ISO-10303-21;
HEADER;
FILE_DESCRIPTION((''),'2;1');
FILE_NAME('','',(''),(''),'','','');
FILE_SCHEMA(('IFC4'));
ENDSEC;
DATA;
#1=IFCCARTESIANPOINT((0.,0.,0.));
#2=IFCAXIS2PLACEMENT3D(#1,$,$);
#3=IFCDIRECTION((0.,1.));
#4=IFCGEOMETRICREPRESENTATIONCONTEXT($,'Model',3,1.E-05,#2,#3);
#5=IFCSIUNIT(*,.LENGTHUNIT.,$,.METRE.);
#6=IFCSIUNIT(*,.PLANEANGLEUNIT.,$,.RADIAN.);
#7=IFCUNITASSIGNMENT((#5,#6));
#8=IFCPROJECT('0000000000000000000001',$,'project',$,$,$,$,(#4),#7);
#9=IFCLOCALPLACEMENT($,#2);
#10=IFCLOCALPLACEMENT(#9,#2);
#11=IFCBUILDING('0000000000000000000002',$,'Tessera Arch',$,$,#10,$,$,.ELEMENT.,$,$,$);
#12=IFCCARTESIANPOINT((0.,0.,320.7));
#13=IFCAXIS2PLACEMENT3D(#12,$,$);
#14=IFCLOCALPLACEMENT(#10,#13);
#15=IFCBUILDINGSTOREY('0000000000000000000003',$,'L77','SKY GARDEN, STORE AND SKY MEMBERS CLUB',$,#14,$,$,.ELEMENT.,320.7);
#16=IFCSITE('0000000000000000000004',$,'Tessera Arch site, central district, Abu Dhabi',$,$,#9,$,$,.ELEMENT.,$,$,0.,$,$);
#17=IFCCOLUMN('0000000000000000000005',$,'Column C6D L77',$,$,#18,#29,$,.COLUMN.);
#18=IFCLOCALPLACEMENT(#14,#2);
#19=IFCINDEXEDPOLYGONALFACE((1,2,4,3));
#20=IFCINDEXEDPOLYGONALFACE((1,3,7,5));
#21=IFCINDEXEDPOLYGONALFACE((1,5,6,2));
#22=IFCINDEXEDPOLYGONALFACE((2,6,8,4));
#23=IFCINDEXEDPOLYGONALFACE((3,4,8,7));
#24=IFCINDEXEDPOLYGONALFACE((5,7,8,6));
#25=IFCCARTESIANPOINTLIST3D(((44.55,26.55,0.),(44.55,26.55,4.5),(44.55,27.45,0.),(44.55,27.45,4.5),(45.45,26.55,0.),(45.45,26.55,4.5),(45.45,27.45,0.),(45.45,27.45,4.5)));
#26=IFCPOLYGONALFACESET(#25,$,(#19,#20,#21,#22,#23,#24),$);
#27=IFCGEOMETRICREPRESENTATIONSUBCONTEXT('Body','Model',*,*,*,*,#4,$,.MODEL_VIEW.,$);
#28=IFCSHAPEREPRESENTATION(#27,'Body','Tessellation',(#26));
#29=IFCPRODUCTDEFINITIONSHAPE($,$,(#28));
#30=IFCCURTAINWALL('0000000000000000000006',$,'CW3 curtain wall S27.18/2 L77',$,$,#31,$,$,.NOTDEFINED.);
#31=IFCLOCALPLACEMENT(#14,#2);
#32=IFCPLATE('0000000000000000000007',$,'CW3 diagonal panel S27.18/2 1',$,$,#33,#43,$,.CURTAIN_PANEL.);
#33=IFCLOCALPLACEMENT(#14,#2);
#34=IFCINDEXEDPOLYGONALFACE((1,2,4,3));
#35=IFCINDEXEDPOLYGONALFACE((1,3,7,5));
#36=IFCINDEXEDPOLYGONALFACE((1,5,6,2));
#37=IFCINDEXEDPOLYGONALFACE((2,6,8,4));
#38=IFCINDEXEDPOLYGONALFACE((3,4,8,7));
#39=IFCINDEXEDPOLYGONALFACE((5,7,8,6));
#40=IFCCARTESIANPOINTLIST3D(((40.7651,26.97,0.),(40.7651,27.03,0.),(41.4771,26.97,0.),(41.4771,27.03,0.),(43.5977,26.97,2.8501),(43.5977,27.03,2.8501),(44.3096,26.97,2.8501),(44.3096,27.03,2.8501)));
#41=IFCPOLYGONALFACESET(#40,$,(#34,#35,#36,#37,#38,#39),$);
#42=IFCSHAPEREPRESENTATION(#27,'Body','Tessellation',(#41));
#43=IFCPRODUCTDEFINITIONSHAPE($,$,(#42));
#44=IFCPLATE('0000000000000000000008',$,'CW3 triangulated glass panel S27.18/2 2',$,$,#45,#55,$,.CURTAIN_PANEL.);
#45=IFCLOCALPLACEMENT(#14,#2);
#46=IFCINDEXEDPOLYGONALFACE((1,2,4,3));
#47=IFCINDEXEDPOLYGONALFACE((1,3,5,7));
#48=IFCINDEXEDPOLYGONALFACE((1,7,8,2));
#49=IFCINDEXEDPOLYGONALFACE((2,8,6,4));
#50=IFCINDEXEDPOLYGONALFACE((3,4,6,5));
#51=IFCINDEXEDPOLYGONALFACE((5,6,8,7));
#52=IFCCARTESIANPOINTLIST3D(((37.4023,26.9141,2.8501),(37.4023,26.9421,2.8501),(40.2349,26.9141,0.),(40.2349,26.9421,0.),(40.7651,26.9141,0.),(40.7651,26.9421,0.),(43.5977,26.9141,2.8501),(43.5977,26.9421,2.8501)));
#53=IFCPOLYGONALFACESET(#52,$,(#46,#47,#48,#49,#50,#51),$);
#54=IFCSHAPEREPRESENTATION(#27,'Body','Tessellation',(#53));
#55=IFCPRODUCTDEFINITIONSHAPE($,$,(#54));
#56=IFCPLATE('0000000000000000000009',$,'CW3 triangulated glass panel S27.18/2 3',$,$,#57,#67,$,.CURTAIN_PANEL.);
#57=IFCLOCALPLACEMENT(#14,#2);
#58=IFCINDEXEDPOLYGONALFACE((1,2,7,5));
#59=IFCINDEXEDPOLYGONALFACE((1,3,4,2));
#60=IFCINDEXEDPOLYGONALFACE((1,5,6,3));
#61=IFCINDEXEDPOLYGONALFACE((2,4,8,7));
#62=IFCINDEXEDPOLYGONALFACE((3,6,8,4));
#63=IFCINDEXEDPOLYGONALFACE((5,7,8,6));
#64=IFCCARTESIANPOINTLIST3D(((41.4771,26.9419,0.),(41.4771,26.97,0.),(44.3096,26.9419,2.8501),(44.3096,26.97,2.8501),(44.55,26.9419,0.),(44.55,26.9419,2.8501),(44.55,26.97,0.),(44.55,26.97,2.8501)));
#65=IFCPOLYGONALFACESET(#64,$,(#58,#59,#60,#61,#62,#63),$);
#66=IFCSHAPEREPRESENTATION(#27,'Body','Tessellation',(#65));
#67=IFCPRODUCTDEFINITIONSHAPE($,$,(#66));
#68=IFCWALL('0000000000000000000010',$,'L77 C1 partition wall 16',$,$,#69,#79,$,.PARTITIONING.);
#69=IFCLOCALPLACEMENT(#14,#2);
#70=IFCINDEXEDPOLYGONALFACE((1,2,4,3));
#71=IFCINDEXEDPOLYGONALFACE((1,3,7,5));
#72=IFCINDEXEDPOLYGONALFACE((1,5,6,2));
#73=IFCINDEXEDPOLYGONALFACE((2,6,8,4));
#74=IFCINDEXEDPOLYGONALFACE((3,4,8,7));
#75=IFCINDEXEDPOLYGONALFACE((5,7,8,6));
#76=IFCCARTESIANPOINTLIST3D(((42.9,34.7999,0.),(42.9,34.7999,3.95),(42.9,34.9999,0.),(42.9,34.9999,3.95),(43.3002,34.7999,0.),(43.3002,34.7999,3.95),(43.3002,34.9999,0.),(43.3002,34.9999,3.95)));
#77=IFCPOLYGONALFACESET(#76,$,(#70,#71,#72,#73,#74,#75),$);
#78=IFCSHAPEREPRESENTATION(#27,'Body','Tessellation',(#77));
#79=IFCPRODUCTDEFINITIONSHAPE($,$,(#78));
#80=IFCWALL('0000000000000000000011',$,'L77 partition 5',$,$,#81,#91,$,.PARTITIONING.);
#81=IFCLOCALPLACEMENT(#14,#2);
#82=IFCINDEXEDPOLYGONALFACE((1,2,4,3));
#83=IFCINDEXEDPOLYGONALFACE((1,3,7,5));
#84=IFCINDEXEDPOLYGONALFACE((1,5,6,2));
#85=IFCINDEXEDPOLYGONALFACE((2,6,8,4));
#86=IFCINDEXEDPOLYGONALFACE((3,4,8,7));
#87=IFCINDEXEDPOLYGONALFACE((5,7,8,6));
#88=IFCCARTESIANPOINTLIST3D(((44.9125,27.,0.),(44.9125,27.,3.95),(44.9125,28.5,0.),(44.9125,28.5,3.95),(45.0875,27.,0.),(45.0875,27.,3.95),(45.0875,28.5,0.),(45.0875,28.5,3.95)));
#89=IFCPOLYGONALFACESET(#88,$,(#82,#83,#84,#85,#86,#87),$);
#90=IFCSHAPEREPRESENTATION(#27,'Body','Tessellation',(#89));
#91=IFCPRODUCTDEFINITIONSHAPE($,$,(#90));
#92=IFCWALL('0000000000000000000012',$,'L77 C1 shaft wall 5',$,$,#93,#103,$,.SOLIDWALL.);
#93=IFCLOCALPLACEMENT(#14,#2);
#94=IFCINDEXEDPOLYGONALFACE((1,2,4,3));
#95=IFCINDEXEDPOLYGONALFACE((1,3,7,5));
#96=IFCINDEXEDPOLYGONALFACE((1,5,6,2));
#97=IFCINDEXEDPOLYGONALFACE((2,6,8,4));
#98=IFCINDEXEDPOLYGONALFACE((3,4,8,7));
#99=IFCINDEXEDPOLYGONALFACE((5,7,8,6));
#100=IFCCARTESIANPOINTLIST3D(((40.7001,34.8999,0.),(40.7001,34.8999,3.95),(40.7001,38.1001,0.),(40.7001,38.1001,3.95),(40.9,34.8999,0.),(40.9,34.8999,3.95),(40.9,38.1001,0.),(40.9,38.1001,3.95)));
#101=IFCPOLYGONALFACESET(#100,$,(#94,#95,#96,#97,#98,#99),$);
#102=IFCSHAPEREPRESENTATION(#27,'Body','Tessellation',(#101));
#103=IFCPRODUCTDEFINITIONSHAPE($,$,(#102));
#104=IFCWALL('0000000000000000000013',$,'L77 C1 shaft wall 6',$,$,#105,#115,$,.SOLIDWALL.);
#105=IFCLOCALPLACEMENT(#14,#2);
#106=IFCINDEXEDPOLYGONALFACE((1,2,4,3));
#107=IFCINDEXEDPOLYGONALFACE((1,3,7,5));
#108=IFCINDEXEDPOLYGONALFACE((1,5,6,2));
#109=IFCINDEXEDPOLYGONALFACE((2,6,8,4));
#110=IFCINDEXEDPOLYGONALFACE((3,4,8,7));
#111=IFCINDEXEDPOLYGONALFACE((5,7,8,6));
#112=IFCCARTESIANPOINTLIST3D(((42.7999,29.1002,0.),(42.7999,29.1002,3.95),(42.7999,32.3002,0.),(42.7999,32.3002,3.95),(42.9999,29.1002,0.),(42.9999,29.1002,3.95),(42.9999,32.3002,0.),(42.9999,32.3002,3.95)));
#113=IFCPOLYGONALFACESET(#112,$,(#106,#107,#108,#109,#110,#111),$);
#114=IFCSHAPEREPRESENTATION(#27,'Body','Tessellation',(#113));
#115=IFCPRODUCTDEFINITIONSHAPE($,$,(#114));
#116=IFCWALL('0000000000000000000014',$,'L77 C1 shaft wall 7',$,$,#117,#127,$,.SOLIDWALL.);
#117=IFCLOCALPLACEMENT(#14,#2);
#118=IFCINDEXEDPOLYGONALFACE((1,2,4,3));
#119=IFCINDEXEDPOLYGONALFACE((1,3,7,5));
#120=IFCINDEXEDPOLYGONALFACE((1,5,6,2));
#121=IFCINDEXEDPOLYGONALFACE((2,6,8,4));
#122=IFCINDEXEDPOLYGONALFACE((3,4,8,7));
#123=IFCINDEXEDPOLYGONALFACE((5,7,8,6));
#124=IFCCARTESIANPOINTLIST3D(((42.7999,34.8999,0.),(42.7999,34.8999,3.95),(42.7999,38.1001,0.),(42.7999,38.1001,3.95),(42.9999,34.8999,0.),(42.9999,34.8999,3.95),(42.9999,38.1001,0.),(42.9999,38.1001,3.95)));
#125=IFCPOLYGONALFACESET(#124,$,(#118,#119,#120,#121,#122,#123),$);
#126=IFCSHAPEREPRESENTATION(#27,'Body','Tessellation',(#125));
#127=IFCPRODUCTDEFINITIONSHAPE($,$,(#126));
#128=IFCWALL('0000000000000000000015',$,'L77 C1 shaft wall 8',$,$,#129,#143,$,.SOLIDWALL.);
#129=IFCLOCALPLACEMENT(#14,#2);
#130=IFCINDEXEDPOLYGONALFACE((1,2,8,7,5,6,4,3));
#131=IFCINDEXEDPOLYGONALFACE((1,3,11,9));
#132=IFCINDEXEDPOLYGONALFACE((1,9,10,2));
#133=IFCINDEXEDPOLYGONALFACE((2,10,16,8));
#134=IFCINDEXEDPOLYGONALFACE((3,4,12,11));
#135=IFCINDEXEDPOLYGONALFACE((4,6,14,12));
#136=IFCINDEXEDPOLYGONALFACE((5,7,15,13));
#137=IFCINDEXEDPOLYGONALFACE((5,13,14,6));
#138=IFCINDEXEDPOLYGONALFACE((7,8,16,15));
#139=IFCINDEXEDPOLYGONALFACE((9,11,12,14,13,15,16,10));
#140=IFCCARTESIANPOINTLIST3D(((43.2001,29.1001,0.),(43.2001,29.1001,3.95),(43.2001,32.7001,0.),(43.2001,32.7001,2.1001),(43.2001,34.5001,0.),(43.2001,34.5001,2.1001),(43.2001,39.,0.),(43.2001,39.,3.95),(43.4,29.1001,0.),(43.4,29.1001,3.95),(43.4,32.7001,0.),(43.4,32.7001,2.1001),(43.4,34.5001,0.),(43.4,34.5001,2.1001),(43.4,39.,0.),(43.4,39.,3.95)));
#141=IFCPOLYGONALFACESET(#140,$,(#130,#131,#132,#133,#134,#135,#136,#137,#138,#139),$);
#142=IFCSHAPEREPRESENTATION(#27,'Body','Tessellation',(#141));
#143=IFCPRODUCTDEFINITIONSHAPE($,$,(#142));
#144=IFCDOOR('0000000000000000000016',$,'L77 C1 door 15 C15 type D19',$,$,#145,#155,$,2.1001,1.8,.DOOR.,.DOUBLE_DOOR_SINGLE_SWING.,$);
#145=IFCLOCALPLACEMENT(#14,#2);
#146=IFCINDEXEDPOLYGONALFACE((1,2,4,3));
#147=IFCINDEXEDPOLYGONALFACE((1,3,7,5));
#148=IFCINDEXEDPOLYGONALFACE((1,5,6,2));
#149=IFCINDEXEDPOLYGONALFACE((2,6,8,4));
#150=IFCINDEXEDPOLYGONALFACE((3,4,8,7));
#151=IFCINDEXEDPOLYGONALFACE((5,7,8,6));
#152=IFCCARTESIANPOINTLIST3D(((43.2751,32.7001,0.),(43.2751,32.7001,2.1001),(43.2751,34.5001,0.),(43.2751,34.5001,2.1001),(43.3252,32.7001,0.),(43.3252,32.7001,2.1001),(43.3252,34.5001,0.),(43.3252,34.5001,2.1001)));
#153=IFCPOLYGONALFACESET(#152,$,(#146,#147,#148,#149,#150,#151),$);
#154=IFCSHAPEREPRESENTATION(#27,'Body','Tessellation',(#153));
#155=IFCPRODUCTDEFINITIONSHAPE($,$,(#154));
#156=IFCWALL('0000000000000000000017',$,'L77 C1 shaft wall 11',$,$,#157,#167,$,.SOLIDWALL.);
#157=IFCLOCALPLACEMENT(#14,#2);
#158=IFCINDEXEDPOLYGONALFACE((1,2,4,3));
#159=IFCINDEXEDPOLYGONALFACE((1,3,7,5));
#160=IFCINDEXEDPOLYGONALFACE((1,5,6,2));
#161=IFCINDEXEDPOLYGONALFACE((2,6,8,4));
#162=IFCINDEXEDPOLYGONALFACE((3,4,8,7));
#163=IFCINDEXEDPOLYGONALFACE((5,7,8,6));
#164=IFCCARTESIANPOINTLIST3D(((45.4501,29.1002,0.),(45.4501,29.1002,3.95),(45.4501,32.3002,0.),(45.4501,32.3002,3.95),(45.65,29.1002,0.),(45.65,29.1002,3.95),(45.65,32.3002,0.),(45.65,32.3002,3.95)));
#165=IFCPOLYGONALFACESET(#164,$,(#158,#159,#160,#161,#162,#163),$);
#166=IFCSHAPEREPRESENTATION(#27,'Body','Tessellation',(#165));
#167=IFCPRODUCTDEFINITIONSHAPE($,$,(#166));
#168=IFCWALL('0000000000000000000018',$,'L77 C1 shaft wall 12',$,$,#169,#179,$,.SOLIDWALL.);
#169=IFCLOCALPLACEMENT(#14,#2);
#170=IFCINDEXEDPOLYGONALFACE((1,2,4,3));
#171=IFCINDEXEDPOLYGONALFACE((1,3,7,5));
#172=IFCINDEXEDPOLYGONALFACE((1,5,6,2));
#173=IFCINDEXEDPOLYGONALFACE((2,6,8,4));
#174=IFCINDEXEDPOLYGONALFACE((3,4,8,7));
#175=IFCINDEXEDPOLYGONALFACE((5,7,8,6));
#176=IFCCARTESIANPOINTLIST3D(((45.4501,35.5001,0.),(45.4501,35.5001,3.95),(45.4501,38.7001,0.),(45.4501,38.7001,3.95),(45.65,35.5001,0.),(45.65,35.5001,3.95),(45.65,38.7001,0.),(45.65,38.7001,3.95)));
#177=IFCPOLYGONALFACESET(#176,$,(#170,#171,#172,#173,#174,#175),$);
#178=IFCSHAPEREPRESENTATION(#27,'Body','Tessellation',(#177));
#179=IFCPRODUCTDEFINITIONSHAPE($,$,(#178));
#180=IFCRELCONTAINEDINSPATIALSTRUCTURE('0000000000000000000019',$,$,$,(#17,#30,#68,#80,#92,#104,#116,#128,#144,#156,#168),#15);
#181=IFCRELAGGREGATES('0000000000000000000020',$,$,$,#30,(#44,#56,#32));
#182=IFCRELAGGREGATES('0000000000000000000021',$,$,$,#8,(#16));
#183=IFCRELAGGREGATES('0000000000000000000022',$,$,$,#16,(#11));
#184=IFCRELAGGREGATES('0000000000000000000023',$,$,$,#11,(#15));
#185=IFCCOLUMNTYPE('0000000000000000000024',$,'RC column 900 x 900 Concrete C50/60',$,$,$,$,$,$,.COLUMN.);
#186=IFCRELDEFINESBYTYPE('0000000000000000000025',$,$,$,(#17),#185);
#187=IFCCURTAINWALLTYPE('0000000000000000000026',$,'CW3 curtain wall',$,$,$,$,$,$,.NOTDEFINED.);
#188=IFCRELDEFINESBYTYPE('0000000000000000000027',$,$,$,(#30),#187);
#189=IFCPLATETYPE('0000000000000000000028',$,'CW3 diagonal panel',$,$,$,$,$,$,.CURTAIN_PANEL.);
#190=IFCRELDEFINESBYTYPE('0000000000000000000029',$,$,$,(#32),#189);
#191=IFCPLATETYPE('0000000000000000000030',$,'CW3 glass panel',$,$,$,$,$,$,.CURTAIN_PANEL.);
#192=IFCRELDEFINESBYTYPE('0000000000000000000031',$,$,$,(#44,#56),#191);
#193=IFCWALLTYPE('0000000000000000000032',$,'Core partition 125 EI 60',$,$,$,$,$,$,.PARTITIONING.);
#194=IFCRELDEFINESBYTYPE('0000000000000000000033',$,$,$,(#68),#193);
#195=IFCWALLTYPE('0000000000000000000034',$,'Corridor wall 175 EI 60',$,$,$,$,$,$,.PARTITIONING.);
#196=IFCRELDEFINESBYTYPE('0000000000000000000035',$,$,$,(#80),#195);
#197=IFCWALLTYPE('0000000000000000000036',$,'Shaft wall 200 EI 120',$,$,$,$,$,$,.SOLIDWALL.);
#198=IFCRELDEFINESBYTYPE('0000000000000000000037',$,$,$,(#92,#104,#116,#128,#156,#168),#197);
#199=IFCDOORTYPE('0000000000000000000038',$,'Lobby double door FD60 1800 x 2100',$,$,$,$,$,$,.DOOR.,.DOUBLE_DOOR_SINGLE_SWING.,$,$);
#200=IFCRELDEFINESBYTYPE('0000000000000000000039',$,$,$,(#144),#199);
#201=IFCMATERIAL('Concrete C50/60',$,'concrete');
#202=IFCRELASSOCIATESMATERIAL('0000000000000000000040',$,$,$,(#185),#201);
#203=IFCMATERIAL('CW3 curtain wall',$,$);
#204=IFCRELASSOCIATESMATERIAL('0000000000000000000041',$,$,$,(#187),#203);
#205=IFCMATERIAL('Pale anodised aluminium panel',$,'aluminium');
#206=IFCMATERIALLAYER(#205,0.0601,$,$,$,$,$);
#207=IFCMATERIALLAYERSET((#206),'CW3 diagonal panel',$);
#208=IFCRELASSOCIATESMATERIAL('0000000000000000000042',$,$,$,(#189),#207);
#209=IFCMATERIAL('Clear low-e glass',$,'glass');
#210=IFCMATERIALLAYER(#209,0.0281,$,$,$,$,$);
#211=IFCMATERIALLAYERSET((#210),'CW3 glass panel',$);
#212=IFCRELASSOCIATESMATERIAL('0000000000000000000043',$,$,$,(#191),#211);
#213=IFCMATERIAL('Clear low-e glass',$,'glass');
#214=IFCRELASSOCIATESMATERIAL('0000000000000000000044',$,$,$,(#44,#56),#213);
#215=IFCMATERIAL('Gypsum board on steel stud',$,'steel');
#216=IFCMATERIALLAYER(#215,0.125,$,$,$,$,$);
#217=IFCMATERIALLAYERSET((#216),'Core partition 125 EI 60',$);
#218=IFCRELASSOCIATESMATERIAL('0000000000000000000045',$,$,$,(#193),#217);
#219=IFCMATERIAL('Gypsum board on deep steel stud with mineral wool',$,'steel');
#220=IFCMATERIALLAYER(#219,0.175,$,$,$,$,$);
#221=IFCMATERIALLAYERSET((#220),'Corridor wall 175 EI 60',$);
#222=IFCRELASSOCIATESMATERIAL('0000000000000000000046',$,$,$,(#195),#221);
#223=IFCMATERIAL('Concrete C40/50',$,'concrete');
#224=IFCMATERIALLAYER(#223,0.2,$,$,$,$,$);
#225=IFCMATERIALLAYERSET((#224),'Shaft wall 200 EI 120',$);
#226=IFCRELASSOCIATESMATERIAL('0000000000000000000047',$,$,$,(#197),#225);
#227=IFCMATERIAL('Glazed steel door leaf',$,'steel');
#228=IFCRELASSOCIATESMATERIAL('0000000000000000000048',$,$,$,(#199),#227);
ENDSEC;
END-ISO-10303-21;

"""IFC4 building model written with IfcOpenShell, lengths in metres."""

from ifc_helpers import new_model, si_unit, direction, frame, frame_2d, origin, origin_2d, place, context, subcontext, project, spatial, polyline, rectangle, outline, extrude, material, layer, layer_set, material_profile, profile_set, type_object, element, fill, aggregate, save


model = new_model("IFC4")

# Units and contexts
model_context = context("Model", 3, precision=1e-05, world=origin(), true_north=direction((0.0, 1.0)))
body_context = subcontext(model_context, "Body", "Model", "MODEL_VIEW")
ifc_project = project(units=[si_unit("LENGTHUNIT", "METRE"), si_unit("PLANEANGLEUNIT", "RADIAN")], contexts=[model_context])

# Site, building, storey
site_placement = place(None, origin())
site = spatial("IfcSite", under=ifc_project, at=site_placement, Name="Tessera Arch site, central district, Abu Dhabi", CompositionType="ELEMENT", RefElevation=0.0)
building_placement = place(site_placement, origin())
building = spatial("IfcBuilding", under=site, at=building_placement, Name="Tessera Arch", CompositionType="ELEMENT")
storey_placement = place(building_placement, frame((0.0, 0.0, 320.7)))
storey = spatial("IfcBuildingStorey", under=building, at=storey_placement, Name="L77", Description="SKY GARDEN, STORE AND SKY MEMBERS CLUB", CompositionType="ELEMENT", Elevation=320.7)

# Column
ifc_material_1 = material(Name="Concrete C50/60", Category="concrete")
ifc_material_profile = material_profile(ifc_material_1, rectangle(XDim=0.8999, YDim=0.8999, at=origin_2d()), Name="RC column 900 x 900 Concrete C50/60")
ifc_profile_set = profile_set([ifc_material_profile], Name="Concrete C50/60")
column_type = type_object("IfcColumnType", Name="RC column 900 x 900 Concrete C50/60", PredefinedType="COLUMN", material=ifc_profile_set)
column_placement = place(storey_placement, frame((45.0, 27.0, 0.0), z_axis=(0.0, 0.0, 1.0), x_axis=(1.0, 0.0, 0.0)))
element("IfcColumn", 1, at=column_placement, inside=storey, type_object=column_type, Name="Column C6D L77", PredefinedType="COLUMN", context=body_context, shape_type="SweptSolid", body=[
    extrude(rectangle(XDim=0.8999, YDim=0.8999, at=origin_2d()), origin(), (0.0, 0.0, 1.0), 4.5),
])

# Curtain wall, plates
ifc_material_2 = material(Name="CW3 curtain wall")
curtain_wall_type = type_object("IfcCurtainWallType", Name="CW3 curtain wall", PredefinedType="NOTDEFINED", material=ifc_material_2)
curtain_wall_placement = place(storey_placement, origin())
curtain_wall = element("IfcCurtainWall", 2, at=curtain_wall_placement, inside=storey, type_object=curtain_wall_type, Name="CW3 curtain wall S27.18/2 L77", PredefinedType="NOTDEFINED")
ifc_material_3 = material(Name="Pale anodised aluminium panel", Category="aluminium")
ifc_layer_1 = layer(ifc_material_3, 0.0601)
ifc_layer_set_1 = layer_set([ifc_layer_1], Name="CW3 diagonal panel")
plate_type_1 = type_object("IfcPlateType", Name="CW3 diagonal panel", PredefinedType="CURTAIN_PANEL", material=ifc_layer_set_1)
plate_1_placement = place(storey_placement, frame((44.3096, 26.97, 2.8501), z_axis=(0.0, -1.0, 0.0), x_axis=(-1.0, 0.0, 0.0)))
plate_1 = element("IfcPlate", 3, at=plate_1_placement, type_object=plate_type_1, Name="CW3 diagonal panel S27.18/2 1", PredefinedType="CURTAIN_PANEL", context=body_context, shape_type="SweptSolid", body=[
    extrude(outline(polyline([(0.0, 0.0), (0.7119, 0.0), (3.5444, 2.8501), (2.8325, 2.8501), (0.0, 0.0)])), origin(), (0.0, 0.0, -1.0), 0.0601),
])
ifc_material_4 = material(Name="Clear low-e glass", Category="glass")
ifc_material_5 = material(Name="Clear low-e glass", Category="glass")
ifc_layer_2 = layer(ifc_material_5, 0.0281)
ifc_layer_set_2 = layer_set([ifc_layer_2], Name="CW3 glass panel")
plate_type_2 = type_object("IfcPlateType", Name="CW3 glass panel", PredefinedType="CURTAIN_PANEL", material=ifc_layer_set_2)
plate_2_placement = place(storey_placement, frame((43.5977, 26.9141, 2.8501), z_axis=(0.0, -1.0, 0.0), x_axis=(-1.0, 0.0, 0.0)))
plate_2 = element("IfcPlate", 4, at=plate_2_placement, type_object=plate_type_2, material=ifc_material_4, Name="CW3 triangulated glass panel S27.18/2 2", PredefinedType="CURTAIN_PANEL", context=body_context, shape_type="SweptSolid", body=[
    extrude(outline(polyline([(0.0, 0.0), (6.1953, 0.0), (3.3628, 2.8501), (2.8325, 2.8501), (0.0, 0.0)])), origin(), (0.0, 0.0, -1.0), 0.0281),
])
plate_3_placement = place(storey_placement, frame((44.55, 26.9419, 2.8501), z_axis=(0.0, -1.0, 0.0), x_axis=(-1.0, 0.0, 0.0)))
plate_3 = element("IfcPlate", 5, at=plate_3_placement, type_object=plate_type_2, material=ifc_material_4, Name="CW3 triangulated glass panel S27.18/2 3", PredefinedType="CURTAIN_PANEL", context=body_context, shape_type="SweptSolid", body=[
    extrude(outline(polyline([(0.0, 0.0), (0.2405, 0.0), (3.073, 2.8501), (0.0, 2.8501), (0.0, 0.0)])), origin(), (0.0, 0.0, -1.0), 0.0281),
])
aggregate(curtain_wall, [plate_2, plate_3, plate_1])

# Walls
ifc_material_6 = material(Name="Gypsum board on steel stud", Category="steel")
ifc_layer_3 = layer(ifc_material_6, 0.125)
ifc_layer_set_3 = layer_set([ifc_layer_3], Name="Core partition 125 EI 60")
wall_type_1 = type_object("IfcWallType", Name="Core partition 125 EI 60", PredefinedType="PARTITIONING", material=ifc_layer_set_3)
wall_1_placement = place(storey_placement, frame((42.8999, 34.8999, 0.0), z_axis=(0.0, 0.0, 1.0), x_axis=(1.0, 0.0, 0.0)))
element("IfcWall", 6, at=wall_1_placement, inside=storey, type_object=wall_type_1, Name="L77 C1 partition wall 16", PredefinedType="PARTITIONING", context=body_context, shape_type="SweptSolid", body=[
    extrude(rectangle(XDim=0.4001, YDim=0.2, at=frame_2d((0.2002, 0.0))), origin(), (0.0, 0.0, 1.0), 3.95),
])
ifc_material_7 = material(Name="Gypsum board on deep steel stud with mineral wool", Category="steel")
ifc_layer_4 = layer(ifc_material_7, 0.175)
ifc_layer_set_4 = layer_set([ifc_layer_4], Name="Corridor wall 175 EI 60")
wall_type_2 = type_object("IfcWallType", Name="Corridor wall 175 EI 60", PredefinedType="PARTITIONING", material=ifc_layer_set_4)
wall_2_placement = place(storey_placement, frame((45.0, 27.0, 0.0), z_axis=(0.0, 0.0, 1.0), x_axis=(0.0, 1.0, 0.0)))
element("IfcWall", 7, at=wall_2_placement, inside=storey, type_object=wall_type_2, Name="L77 partition 5", PredefinedType="PARTITIONING", context=body_context, shape_type="SweptSolid", body=[
    extrude(rectangle(XDim=1.5, YDim=0.175, at=frame_2d((0.75, 0.0))), origin(), (0.0, 0.0, 1.0), 3.95),
])
ifc_material_8 = material(Name="Concrete C40/50", Category="concrete")
ifc_layer_5 = layer(ifc_material_8, 0.2)
ifc_layer_set_5 = layer_set([ifc_layer_5], Name="Shaft wall 200 EI 120")
wall_type_3 = type_object("IfcWallType", Name="Shaft wall 200 EI 120", PredefinedType="SOLIDWALL", material=ifc_layer_set_5)
wall_3_placement = place(storey_placement, frame((40.8, 34.8999, 0.0), z_axis=(0.0, 0.0, 1.0), x_axis=(0.0, 1.0, 0.0)))
element("IfcWall", 8, at=wall_3_placement, inside=storey, type_object=wall_type_3, Name="L77 C1 shaft wall 5", PredefinedType="SOLIDWALL", context=body_context, shape_type="SweptSolid", body=[
    extrude(rectangle(XDim=3.2002, YDim=0.2, at=frame_2d((1.6001, 0.0))), origin(), (0.0, 0.0, 1.0), 3.95),
])
wall_4_placement = place(storey_placement, frame((42.8999, 29.1001, 0.0), z_axis=(0.0, 0.0, 1.0), x_axis=(0.0, 1.0, 0.0)))
element("IfcWall", 9, at=wall_4_placement, inside=storey, type_object=wall_type_3, Name="L77 C1 shaft wall 6", PredefinedType="SOLIDWALL", context=body_context, shape_type="SweptSolid", body=[
    extrude(rectangle(XDim=3.2, YDim=0.2, at=frame_2d((1.6001, 0.0))), origin(), (0.0, 0.0, 1.0), 3.95),
])
wall_5_placement = place(storey_placement, frame((42.8999, 34.8999, 0.0), z_axis=(0.0, 0.0, 1.0), x_axis=(0.0, 1.0, 0.0)))
element("IfcWall", 10, at=wall_5_placement, inside=storey, type_object=wall_type_3, Name="L77 C1 shaft wall 7", PredefinedType="SOLIDWALL", context=body_context, shape_type="SweptSolid", body=[
    extrude(rectangle(XDim=3.2002, YDim=0.2, at=frame_2d((1.6001, 0.0))), origin(), (0.0, 0.0, 1.0), 3.95),
])

# Wall, opening, door
wall_6_placement = place(storey_placement, frame((43.3, 29.1001, 0.0), z_axis=(0.0, 0.0, 1.0), x_axis=(0.0, 1.0, 0.0)))
wall_6 = element("IfcWall", 11, at=wall_6_placement, inside=storey, type_object=wall_type_3, Name="L77 C1 shaft wall 8", PredefinedType="SOLIDWALL", context=body_context, shape_type="SweptSolid", body=[
    extrude(rectangle(XDim=9.8999, YDim=0.2, at=frame_2d((4.95, 0.0))), origin(), (0.0, 0.0, 1.0), 3.95),
])
opening_1_placement = place(wall_6_placement, frame((3.6001, 0.0, 0.0)))
opening_1 = element("IfcOpeningElement", 12, at=opening_1_placement, cuts=wall_6, PredefinedType="OPENING", context=body_context, shape_type="SweptSolid", body=[
    extrude(rectangle(XDim=1.8, YDim=2.1001, at=frame_2d((0.8999, 1.05))), frame((0.0, 0.1099, 0.0), z_axis=(0.0, -1.0, 0.0), x_axis=(1.0, 0.0, 0.0)), (0.0, 0.0, 1.0), 0.22),
])
ifc_material_9 = material(Name="Glazed steel door leaf", Category="steel")
door_type_1 = type_object("IfcDoorType", Name="Lobby double door FD60 1800 x 2100", OperationType="DOUBLE_DOOR_SINGLE_SWING", PredefinedType="DOOR", material=ifc_material_9)
door_1_placement = place(opening_1_placement, origin())
door_1 = element("IfcDoor", 13, at=door_1_placement, inside=storey, type_object=door_type_1, Name="L77 C1 door 15 C15 type D19", OperationType="DOUBLE_DOOR_SINGLE_SWING", OverallHeight=2.1001, OverallWidth=1.8, PredefinedType="DOOR", context=body_context, shape_type="SweptSolid", body=[
    extrude(rectangle(XDim=1.8, YDim=2.1001, at=frame_2d((0.8999, 1.05))), frame((0.0, 0.0249, 0.0), z_axis=(0.0, -1.0, 0.0), x_axis=(1.0, 0.0, 0.0)), (0.0, 0.0, 1.0), 0.05),
])
fill(opening_1, door_1)

# Walls
for number, where, z_axis, x_axis, name in (
    (14, (45.55, 29.1001, 0.0), (0.0, 0.0, 1.0), (0.0, 1.0, 0.0), "L77 C1 shaft wall 11"),
    (15, (45.55, 35.5, 0.0), (0.0, 0.0, 1.0), (0.0, 1.0, 0.0), "L77 C1 shaft wall 12"),
):
    element("IfcWall", number, at=place(storey_placement, frame(where, z_axis=z_axis, x_axis=x_axis)), inside=storey, type_object=wall_type_3, Name=name, PredefinedType="SOLIDWALL", context=body_context, shape_type="SweptSolid", body=[
        extrude(rectangle(XDim=3.2, YDim=0.2, at=frame_2d((1.6001, 0.0))), origin(), (0.0, 0.0, 1.0), 3.95),
    ])

save(model, "model.ifc")
